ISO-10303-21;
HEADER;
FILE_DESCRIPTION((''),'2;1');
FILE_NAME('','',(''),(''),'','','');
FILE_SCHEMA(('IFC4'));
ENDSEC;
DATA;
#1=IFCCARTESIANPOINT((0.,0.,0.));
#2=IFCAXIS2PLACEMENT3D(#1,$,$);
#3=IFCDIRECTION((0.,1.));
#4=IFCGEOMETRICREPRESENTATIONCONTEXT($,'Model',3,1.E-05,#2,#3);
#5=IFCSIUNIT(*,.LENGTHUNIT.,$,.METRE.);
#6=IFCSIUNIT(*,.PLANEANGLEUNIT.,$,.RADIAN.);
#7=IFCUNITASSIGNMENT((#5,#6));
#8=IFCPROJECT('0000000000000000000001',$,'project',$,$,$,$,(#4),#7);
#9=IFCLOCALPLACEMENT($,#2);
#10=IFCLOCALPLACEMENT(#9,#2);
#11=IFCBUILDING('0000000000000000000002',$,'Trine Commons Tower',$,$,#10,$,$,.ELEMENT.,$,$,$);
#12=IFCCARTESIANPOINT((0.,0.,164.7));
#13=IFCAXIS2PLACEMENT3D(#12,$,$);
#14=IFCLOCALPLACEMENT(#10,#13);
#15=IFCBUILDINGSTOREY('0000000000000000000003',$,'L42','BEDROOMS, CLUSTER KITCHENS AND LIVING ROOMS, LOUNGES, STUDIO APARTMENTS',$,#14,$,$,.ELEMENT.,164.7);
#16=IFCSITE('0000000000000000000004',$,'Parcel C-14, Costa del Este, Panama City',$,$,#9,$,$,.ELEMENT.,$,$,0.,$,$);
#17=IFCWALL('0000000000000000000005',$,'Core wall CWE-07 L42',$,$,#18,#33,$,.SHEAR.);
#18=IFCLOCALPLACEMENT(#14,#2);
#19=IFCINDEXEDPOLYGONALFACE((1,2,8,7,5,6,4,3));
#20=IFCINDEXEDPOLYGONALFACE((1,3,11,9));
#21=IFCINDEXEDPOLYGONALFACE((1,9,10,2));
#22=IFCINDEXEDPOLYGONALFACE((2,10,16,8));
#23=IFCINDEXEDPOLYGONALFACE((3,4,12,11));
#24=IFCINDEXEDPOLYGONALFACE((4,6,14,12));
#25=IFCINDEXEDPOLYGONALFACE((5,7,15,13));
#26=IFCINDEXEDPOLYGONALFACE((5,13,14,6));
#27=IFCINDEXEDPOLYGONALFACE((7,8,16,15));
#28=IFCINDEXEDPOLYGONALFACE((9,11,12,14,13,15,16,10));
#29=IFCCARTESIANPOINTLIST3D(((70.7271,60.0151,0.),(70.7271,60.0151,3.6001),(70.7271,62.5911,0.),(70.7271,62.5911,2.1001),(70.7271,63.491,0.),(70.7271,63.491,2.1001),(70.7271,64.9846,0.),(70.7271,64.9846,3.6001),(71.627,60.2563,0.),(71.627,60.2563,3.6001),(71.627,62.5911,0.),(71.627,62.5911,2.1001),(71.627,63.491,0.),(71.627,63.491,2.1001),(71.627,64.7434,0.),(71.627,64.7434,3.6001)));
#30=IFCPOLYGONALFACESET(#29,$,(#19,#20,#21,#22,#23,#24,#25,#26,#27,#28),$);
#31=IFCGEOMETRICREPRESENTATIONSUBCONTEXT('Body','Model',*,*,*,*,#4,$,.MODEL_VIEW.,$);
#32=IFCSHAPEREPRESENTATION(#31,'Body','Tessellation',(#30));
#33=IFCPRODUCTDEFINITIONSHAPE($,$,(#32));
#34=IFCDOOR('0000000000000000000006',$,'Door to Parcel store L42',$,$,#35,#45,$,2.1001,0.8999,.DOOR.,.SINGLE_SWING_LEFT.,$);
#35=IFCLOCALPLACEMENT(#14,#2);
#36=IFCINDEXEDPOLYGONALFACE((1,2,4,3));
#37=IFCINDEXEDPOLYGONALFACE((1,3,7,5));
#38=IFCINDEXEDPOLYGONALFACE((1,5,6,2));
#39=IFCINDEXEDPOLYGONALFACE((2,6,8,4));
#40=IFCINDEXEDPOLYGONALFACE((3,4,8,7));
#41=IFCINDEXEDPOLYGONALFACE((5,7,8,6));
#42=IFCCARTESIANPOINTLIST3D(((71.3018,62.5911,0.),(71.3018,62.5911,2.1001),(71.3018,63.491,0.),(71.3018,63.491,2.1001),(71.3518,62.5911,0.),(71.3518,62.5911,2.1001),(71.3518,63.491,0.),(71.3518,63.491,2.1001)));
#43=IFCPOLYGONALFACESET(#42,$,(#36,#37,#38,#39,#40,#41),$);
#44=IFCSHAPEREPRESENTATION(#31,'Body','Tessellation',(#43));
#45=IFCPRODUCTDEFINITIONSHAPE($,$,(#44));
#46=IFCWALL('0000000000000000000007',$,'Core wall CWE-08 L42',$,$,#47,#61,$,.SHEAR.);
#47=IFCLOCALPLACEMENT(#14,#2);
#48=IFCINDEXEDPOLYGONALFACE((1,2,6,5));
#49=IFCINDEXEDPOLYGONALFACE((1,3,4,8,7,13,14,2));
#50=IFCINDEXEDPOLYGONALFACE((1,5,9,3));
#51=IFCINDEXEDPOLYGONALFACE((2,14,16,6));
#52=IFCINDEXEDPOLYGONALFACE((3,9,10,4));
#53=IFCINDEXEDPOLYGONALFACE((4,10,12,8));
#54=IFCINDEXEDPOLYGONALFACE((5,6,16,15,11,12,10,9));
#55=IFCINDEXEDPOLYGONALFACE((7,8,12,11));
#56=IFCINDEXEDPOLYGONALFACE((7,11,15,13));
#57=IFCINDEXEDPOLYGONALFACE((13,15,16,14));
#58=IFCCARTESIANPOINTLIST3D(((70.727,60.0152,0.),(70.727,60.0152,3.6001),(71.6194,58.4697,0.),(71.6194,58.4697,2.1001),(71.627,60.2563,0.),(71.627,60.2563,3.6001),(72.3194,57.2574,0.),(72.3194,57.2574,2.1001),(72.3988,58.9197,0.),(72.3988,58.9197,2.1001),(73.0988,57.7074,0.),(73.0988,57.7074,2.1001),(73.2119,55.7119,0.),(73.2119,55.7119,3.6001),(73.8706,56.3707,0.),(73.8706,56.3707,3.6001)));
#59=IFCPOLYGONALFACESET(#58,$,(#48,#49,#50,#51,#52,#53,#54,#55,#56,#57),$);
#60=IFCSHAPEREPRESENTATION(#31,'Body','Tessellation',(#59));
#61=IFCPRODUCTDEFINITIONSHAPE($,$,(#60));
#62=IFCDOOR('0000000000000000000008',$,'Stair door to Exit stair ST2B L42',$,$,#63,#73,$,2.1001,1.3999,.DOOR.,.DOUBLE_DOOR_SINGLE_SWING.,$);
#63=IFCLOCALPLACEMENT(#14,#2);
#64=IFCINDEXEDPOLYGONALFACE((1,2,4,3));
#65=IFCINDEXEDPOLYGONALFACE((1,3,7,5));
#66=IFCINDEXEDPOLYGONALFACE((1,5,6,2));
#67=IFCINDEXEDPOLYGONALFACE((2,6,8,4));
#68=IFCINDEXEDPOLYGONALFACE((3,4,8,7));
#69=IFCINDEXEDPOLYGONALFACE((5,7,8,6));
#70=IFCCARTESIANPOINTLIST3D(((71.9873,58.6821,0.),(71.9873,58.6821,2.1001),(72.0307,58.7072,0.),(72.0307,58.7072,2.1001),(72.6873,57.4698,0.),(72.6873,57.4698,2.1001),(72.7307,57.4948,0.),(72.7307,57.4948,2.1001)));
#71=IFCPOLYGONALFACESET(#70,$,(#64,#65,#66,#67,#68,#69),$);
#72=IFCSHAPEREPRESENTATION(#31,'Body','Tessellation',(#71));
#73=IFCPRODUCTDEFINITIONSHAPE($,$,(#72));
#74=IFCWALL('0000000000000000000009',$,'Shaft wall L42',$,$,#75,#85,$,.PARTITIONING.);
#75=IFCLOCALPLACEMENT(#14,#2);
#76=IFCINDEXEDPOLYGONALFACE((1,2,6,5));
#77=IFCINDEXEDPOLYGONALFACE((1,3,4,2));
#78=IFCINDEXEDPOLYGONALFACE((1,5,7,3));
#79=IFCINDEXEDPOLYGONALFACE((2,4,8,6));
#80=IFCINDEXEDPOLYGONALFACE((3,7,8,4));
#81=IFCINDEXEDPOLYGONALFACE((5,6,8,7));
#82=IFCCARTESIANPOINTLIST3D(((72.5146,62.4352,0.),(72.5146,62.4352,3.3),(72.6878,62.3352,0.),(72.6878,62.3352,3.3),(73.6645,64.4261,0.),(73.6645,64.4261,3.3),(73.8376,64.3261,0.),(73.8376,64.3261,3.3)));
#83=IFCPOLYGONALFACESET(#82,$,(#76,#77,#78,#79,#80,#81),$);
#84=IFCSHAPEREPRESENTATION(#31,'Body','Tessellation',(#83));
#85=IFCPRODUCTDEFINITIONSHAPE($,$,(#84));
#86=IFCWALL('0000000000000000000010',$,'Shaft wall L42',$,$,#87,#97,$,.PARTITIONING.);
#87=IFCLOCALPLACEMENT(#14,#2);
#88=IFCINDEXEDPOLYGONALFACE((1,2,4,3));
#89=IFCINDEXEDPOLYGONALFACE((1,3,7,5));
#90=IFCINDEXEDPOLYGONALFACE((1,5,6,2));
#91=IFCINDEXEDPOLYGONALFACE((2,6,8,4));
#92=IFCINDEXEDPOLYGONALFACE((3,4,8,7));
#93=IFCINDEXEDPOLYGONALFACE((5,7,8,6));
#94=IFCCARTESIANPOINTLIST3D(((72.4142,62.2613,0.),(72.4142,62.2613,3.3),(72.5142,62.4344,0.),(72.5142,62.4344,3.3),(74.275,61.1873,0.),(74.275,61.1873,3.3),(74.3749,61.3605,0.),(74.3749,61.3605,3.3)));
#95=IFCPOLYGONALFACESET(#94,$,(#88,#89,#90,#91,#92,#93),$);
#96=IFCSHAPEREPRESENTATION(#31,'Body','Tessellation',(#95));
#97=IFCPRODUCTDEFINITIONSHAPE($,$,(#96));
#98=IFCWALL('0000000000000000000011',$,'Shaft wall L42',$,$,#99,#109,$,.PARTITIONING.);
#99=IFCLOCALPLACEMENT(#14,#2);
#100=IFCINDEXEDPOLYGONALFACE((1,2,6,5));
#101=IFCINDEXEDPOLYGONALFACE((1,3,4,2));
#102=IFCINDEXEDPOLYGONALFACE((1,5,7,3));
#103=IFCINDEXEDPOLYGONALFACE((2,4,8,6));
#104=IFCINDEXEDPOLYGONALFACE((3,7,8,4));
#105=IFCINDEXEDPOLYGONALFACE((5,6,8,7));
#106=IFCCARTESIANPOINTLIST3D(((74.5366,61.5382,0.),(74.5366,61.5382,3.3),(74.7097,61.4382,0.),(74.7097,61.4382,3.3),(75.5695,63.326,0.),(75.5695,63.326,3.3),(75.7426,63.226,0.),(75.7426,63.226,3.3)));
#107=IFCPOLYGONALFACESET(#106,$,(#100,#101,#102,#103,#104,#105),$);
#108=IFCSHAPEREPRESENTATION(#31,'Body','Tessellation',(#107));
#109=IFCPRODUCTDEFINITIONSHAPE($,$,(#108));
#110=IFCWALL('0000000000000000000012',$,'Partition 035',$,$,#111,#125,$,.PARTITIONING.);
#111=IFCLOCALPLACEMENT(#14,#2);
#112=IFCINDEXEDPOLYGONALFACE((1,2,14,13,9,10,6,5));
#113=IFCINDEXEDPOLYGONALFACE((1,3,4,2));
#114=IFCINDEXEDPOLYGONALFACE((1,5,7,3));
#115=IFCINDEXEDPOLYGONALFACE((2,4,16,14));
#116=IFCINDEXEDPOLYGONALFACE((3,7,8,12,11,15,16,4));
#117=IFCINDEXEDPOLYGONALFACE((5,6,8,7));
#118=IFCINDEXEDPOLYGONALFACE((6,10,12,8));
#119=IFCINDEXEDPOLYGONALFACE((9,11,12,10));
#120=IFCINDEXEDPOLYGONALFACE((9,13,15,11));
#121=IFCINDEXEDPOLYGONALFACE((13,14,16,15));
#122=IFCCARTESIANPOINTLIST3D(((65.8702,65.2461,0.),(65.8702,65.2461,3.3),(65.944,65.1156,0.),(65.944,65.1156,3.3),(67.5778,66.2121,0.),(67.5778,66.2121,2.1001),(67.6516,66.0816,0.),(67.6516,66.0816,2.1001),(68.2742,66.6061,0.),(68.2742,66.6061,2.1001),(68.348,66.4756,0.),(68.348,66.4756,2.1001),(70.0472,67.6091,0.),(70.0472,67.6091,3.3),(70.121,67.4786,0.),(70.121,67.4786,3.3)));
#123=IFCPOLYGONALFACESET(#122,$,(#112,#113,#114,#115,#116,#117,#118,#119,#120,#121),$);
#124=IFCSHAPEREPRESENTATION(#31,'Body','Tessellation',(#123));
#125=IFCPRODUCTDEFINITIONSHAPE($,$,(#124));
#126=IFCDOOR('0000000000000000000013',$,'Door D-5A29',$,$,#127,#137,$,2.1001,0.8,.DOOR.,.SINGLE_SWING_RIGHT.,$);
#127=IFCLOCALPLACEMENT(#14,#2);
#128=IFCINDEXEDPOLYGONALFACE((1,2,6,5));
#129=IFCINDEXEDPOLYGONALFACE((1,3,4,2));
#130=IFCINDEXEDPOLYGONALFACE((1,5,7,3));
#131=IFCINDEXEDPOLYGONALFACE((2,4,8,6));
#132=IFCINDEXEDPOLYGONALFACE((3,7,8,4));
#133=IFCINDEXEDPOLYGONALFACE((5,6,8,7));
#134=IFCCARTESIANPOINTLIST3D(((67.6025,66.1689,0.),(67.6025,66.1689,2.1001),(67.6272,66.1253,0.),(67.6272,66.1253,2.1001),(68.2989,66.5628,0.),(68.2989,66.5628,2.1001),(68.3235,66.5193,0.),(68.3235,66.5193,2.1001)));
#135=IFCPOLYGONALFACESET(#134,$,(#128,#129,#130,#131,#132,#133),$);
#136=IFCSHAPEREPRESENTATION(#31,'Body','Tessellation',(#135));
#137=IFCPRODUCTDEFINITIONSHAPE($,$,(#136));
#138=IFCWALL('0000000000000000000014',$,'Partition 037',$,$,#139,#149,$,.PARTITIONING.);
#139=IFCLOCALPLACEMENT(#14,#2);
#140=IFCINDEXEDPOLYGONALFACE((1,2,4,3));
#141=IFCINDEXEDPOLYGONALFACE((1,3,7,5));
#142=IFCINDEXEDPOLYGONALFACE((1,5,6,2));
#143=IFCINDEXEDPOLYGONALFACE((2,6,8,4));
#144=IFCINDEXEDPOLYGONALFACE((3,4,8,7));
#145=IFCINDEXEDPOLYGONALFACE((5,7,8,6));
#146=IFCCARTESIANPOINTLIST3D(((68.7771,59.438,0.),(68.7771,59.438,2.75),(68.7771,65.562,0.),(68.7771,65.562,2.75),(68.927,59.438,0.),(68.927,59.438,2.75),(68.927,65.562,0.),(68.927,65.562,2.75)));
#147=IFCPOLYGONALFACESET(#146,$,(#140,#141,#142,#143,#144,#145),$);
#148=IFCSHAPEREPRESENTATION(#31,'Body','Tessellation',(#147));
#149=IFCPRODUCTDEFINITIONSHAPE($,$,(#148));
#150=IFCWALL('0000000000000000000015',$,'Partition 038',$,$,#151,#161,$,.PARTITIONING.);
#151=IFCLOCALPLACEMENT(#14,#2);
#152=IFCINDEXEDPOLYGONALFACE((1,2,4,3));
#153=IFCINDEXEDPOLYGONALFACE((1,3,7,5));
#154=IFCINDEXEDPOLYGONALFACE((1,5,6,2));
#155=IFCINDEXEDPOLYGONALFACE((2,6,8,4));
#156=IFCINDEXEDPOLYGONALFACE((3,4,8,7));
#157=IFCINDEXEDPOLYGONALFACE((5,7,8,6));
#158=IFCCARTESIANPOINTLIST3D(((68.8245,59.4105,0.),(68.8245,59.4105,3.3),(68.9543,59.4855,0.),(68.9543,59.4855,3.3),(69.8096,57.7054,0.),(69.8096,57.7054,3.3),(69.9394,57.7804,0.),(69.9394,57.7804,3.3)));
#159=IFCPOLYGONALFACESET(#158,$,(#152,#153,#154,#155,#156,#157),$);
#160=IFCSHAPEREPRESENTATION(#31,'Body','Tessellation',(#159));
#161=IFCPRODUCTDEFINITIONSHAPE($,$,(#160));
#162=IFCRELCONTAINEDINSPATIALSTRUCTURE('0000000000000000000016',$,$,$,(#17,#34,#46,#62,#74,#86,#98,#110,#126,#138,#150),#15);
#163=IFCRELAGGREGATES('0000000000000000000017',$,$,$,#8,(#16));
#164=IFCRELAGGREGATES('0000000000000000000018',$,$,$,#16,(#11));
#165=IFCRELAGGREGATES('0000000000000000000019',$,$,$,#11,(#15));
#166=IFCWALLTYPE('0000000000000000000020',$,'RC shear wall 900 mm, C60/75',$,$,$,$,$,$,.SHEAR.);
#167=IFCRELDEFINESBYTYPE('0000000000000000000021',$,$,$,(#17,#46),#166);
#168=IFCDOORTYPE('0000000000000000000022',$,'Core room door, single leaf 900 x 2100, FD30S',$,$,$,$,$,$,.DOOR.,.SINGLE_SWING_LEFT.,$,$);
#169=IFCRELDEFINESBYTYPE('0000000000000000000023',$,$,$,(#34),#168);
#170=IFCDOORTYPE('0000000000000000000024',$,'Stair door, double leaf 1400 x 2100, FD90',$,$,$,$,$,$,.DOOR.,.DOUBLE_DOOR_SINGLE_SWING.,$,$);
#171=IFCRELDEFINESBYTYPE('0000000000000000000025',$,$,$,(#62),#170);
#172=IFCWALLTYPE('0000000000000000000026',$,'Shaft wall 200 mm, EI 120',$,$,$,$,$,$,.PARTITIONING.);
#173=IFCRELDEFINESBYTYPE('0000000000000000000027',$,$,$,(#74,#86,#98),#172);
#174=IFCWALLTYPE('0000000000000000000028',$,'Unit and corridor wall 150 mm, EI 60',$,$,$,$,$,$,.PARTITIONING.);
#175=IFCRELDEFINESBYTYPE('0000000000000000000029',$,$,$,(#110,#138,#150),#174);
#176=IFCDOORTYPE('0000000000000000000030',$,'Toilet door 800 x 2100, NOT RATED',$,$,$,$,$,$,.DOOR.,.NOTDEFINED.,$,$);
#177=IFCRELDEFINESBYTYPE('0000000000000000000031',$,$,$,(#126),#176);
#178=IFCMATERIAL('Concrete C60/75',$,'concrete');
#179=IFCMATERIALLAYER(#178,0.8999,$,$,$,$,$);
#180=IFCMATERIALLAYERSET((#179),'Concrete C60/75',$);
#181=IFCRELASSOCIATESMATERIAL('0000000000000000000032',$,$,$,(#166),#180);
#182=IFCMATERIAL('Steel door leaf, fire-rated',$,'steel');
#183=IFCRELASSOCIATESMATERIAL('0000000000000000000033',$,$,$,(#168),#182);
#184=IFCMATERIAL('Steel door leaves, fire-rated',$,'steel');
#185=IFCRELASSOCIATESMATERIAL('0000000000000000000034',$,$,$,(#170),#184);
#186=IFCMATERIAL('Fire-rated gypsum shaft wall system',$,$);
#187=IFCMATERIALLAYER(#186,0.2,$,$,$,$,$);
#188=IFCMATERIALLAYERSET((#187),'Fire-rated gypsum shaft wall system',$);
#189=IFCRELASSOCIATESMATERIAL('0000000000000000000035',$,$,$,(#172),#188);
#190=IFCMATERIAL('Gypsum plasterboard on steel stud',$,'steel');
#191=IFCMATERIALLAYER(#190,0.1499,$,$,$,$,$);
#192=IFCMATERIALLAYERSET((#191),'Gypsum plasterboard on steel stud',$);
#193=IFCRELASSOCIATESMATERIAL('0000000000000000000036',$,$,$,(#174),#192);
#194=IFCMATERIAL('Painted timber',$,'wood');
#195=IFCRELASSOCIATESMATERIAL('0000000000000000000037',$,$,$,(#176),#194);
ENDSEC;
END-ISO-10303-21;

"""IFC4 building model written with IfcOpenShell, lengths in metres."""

from ifc_helpers import new_model, si_unit, direction, frame, frame_2d, origin, place, context, subcontext, project, spatial, polyline, rectangle, outline, extrude, material, layer, layer_set, type_object, element, fill, save


model = new_model("IFC4")

# Units and contexts
model_context = context("Model", 3, precision=1e-05, world=origin(), true_north=direction((0.0, 1.0)))
body_context = subcontext(model_context, "Body", "Model", "MODEL_VIEW")
ifc_project = project(units=[si_unit("LENGTHUNIT", "METRE"), si_unit("PLANEANGLEUNIT", "RADIAN")], contexts=[model_context])

# Site, building, storey
site_placement = place(None, origin())
site = spatial("IfcSite", under=ifc_project, at=site_placement, Name="Parcel C-14, Costa del Este, Panama City", CompositionType="ELEMENT", RefElevation=0.0)
building_placement = place(site_placement, origin())
building = spatial("IfcBuilding", under=site, at=building_placement, Name="Trine Commons Tower", CompositionType="ELEMENT")
storey_placement = place(building_placement, frame((0.0, 0.0, 164.7)))
storey = spatial("IfcBuildingStorey", under=building, at=storey_placement, Name="L42", Description="BEDROOMS, CLUSTER KITCHENS AND LIVING ROOMS, LOUNGES, STUDIO APARTMENTS", CompositionType="ELEMENT", Elevation=164.7)

# Shared definitions
ifc_material_1 = material(Name="Fire-rated gypsum shaft wall system")
ifc_material_2 = material(Name="Steel door leaf, fire-rated", Category="steel")
ifc_material_3 = material(Name="Concrete C60/75", Category="concrete")

# Walls, openings, doors
ifc_layer_1 = layer(ifc_material_3, 0.8999)
ifc_layer_set_1 = layer_set([ifc_layer_1], Name="Concrete C60/75")
wall_type_1 = type_object("IfcWallType", Name="RC shear wall 900 mm, C60/75", PredefinedType="SHEAR", material=ifc_layer_set_1)
wall_1_placement = place(storey_placement, frame((71.177, 64.9846, 0.0), z_axis=(0.0, 0.0, 1.0), x_axis=(0.0, -1.0, 0.0)))
wall_1 = element("IfcWall", 1, at=wall_1_placement, inside=storey, type_object=wall_type_1, Name="Core wall CWE-07 L42", PredefinedType="SHEAR", context=body_context, shape_type="SweptSolid", body=[
    extrude(outline(polyline([(0.0, -0.45), (4.9695, -0.45), (4.7283, 0.45), (0.2412, 0.45), (0.0, -0.45)])), origin(), (0.0, 0.0, 1.0), 3.6001),
])
opening_1_placement = place(wall_1_placement, frame((1.4937, 0.0, 0.0)))
opening_1 = element("IfcOpeningElement", 2, at=opening_1_placement, cuts=wall_1, PredefinedType="OPENING", context=body_context, shape_type="SweptSolid", body=[
    extrude(rectangle(XDim=0.8999, YDim=2.1001, at=frame_2d((0.45, 1.05))), frame((0.0, 0.46, 0.0), z_axis=(0.0, -1.0, 0.0), x_axis=(1.0, 0.0, 0.0)), (0.0, 0.0, 1.0), 0.9199),
])
door_type_1 = type_object("IfcDoorType", Name="Core room door, single leaf 900 x 2100, FD30S", OperationType="SINGLE_SWING_LEFT", PredefinedType="DOOR", material=ifc_material_2)
door_1_placement = place(opening_1_placement, origin())
door_1 = element("IfcDoor", 3, at=door_1_placement, inside=storey, type_object=door_type_1, Name="Door to Parcel store L42", OperationType="SINGLE_SWING_LEFT", OverallHeight=2.1001, OverallWidth=0.8999, PredefinedType="DOOR", context=body_context, shape_type="SweptSolid", body=[
    extrude(rectangle(XDim=0.8999, YDim=2.1001, at=frame_2d((0.45, 1.05))), frame((0.0, 0.1748, 0.0), z_axis=(0.0, -1.0, 0.0), x_axis=(1.0, 0.0, 0.0)), (0.0, 0.0, 1.0), 0.05),
])
fill(opening_1, door_1)
wall_2_placement = place(storey_placement, frame((71.1167, 60.2402, 0.0), z_axis=(0.0, 0.0, 1.0), x_axis=(0.500039, -0.866003, 0.0)))
wall_2 = element("IfcWall", 4, at=wall_2_placement, inside=storey, type_object=wall_type_1, Name="Core wall CWE-08 L42", PredefinedType="SHEAR", context=body_context, shape_type="SweptSolid", body=[
    extrude(outline(polyline([(0.0, -0.45), (4.9692, -0.45), (4.728, 0.45), (0.2412, 0.45), (0.0, -0.45)])), origin(), (0.0, 0.0, 1.0), 3.6001),
])
opening_2_placement = place(wall_2_placement, frame((1.7847, 0.0, 0.0)))
opening_2 = element("IfcOpeningElement", 5, at=opening_2_placement, cuts=wall_2, PredefinedType="OPENING", context=body_context, shape_type="SweptSolid", body=[
    extrude(rectangle(XDim=1.3999, YDim=2.1001, at=frame_2d((0.7, 1.05))), frame((0.0, 0.46, 0.0), z_axis=(0.0, -1.0, 0.0), x_axis=(1.0, 0.0, 0.0)), (0.0, 0.0, 1.0), 0.9199),
])
ifc_material_4 = material(Name="Steel door leaves, fire-rated", Category="steel")
door_type_2 = type_object("IfcDoorType", Name="Stair door, double leaf 1400 x 2100, FD90", OperationType="DOUBLE_DOOR_SINGLE_SWING", PredefinedType="DOOR", material=ifc_material_4)
door_2_placement = place(opening_2_placement, origin())
door_2 = element("IfcDoor", 6, at=door_2_placement, inside=storey, type_object=door_type_2, Name="Stair door to Exit stair ST2B L42", OperationType="DOUBLE_DOOR_SINGLE_SWING", OverallHeight=2.1001, OverallWidth=1.3999, PredefinedType="DOOR", context=body_context, shape_type="SweptSolid", body=[
    extrude(rectangle(XDim=1.3999, YDim=2.1001, at=frame_2d((0.7, 1.05))), frame((0.0, 0.0249, 0.0), z_axis=(0.0, -1.0, 0.0), x_axis=(1.0, 0.0, 0.0)), (0.0, 0.0, 1.0), 0.05),
])
fill(opening_2, door_2)

# Walls
ifc_layer_2 = layer(ifc_material_1, 0.2)
ifc_layer_set_2 = layer_set([ifc_layer_2], Name="Fire-rated gypsum shaft wall system")
wall_type_2 = type_object("IfcWallType", Name="Shaft wall 200 mm, EI 120", PredefinedType="PARTITIONING", material=ifc_layer_set_2)
wall_3_placement = place(storey_placement, frame((73.751, 64.376, 0.0), z_axis=(0.0, 0.0, 1.0), x_axis=(-0.500136, -0.865947, 0.0)))
element("IfcWall", 7, at=wall_3_placement, inside=storey, type_object=wall_type_2, Name="Shaft wall L42", PredefinedType="PARTITIONING", context=body_context, shape_type="SweptSolid", body=[
    extrude(rectangle(XDim=2.2991, YDim=0.2, at=frame_2d((1.1494, 0.0))), origin(), (0.0, 0.0, 1.0), 3.3),
])
wall_4_placement = place(storey_placement, frame((74.325, 61.2739, 0.0), z_axis=(0.0, 0.0, 1.0), x_axis=(-0.866102, 0.499867, 0.0)))
element("IfcWall", 8, at=wall_4_placement, inside=storey, type_object=wall_type_2, Name="Shaft wall L42", PredefinedType="PARTITIONING", context=body_context, shape_type="SweptSolid", body=[
    extrude(rectangle(XDim=2.1484, YDim=0.2, at=frame_2d((1.0742, 0.0))), origin(), (0.0, 0.0, 1.0), 3.3),
])
wall_5_placement = place(storey_placement, frame((75.656, 63.2759, 0.0), z_axis=(0.0, 0.0, 1.0), x_axis=(-0.500272, -0.865868, 0.0)))
element("IfcWall", 9, at=wall_5_placement, inside=storey, type_object=wall_type_2, Name="Shaft wall L42", PredefinedType="PARTITIONING", context=body_context, shape_type="SweptSolid", body=[
    extrude(rectangle(XDim=2.0647, YDim=0.2, at=frame_2d((1.0322, 0.0))), origin(), (0.0, 0.0, 1.0), 3.3),
])

# Wall, opening, door
ifc_material_5 = material(Name="Gypsum plasterboard on steel stud", Category="steel")
ifc_layer_3 = layer(ifc_material_5, 0.1499)
ifc_layer_set_3 = layer_set([ifc_layer_3], Name="Gypsum plasterboard on steel stud")
wall_type_3 = type_object("IfcWallType", Name="Unit and corridor wall 150 mm, EI 60", PredefinedType="PARTITIONING", material=ifc_layer_set_3)
wall_6_placement = place(storey_placement, frame((65.9072, 65.1809, 0.0), z_axis=(0.0, 0.0, 1.0), x_axis=(0.870373, 0.492392, 0.0)))
wall_6 = element("IfcWall", 10, at=wall_6_placement, inside=storey, type_object=wall_type_3, Name="Partition 035", PredefinedType="PARTITIONING", context=body_context, shape_type="SweptSolid", body=[
    extrude(rectangle(XDim=4.7991, YDim=0.1499, at=frame_2d((2.3994, 0.0))), origin(), (0.0, 0.0, 1.0), 3.3),
])
opening_3_placement = place(wall_6_placement, frame((1.9619, 0.0, 0.0)))
opening_3 = element("IfcOpeningElement", 11, at=opening_3_placement, cuts=wall_6, PredefinedType="OPENING", context=body_context, shape_type="SweptSolid", body=[
    extrude(rectangle(XDim=0.8, YDim=2.1001, at=frame_2d((0.3999, 1.05))), frame((0.0, 0.085, 0.0), z_axis=(0.0, -1.0, 0.0), x_axis=(1.0, 0.0, 0.0)), (0.0, 0.0, 1.0), 0.1699),
])
ifc_material_6 = material(Name="Painted timber", Category="wood")
door_type_3 = type_object("IfcDoorType", Name="Toilet door 800 x 2100, NOT RATED", OperationType="NOTDEFINED", PredefinedType="DOOR", material=ifc_material_6)
door_3_placement = place(opening_3_placement, frame((0.8, 0.0, 0.0), z_axis=(0.0, 0.0, 1.0), x_axis=(-1.0, 0.0, 0.0)))
door_3 = element("IfcDoor", 12, at=door_3_placement, inside=storey, type_object=door_type_3, Name="Door D-5A29", OperationType="SINGLE_SWING_RIGHT", OverallHeight=2.1001, OverallWidth=0.8, PredefinedType="DOOR", context=body_context, shape_type="SweptSolid", body=[
    extrude(rectangle(XDim=0.8, YDim=2.1001, at=frame_2d((0.3999, 1.05))), frame((0.0, 0.0249, 0.0), z_axis=(0.0, -1.0, 0.0), x_axis=(1.0, 0.0, 0.0)), (0.0, 0.0, 1.0), 0.05),
])
fill(opening_3, door_3)

# Walls
wall_7_placement = place(storey_placement, frame((68.8521, 59.438, 0.0), z_axis=(0.0, 0.0, 1.0), x_axis=(0.0, 1.0, 0.0)))
element("IfcWall", 13, at=wall_7_placement, inside=storey, type_object=wall_type_3, Name="Partition 037", PredefinedType="PARTITIONING", context=body_context, shape_type="SweptSolid", body=[
    extrude(rectangle(XDim=6.124, YDim=0.1499, at=frame_2d((3.062, 0.0))), origin(), (0.0, 0.0, 1.0), 2.75),
])
wall_8_placement = place(storey_placement, frame((68.8894, 59.448, 0.0), z_axis=(0.0, 0.0, 1.0), x_axis=(0.500259, -0.865876, 0.0)))
element("IfcWall", 14, at=wall_8_placement, inside=storey, type_object=wall_type_3, Name="Partition 038", PredefinedType="PARTITIONING", context=body_context, shape_type="SweptSolid", body=[
    extrude(rectangle(XDim=1.9692, YDim=0.1499, at=frame_2d((0.9846, 0.0))), origin(), (0.0, 0.0, 1.0), 3.3),
])

save(model, "model.ifc")
